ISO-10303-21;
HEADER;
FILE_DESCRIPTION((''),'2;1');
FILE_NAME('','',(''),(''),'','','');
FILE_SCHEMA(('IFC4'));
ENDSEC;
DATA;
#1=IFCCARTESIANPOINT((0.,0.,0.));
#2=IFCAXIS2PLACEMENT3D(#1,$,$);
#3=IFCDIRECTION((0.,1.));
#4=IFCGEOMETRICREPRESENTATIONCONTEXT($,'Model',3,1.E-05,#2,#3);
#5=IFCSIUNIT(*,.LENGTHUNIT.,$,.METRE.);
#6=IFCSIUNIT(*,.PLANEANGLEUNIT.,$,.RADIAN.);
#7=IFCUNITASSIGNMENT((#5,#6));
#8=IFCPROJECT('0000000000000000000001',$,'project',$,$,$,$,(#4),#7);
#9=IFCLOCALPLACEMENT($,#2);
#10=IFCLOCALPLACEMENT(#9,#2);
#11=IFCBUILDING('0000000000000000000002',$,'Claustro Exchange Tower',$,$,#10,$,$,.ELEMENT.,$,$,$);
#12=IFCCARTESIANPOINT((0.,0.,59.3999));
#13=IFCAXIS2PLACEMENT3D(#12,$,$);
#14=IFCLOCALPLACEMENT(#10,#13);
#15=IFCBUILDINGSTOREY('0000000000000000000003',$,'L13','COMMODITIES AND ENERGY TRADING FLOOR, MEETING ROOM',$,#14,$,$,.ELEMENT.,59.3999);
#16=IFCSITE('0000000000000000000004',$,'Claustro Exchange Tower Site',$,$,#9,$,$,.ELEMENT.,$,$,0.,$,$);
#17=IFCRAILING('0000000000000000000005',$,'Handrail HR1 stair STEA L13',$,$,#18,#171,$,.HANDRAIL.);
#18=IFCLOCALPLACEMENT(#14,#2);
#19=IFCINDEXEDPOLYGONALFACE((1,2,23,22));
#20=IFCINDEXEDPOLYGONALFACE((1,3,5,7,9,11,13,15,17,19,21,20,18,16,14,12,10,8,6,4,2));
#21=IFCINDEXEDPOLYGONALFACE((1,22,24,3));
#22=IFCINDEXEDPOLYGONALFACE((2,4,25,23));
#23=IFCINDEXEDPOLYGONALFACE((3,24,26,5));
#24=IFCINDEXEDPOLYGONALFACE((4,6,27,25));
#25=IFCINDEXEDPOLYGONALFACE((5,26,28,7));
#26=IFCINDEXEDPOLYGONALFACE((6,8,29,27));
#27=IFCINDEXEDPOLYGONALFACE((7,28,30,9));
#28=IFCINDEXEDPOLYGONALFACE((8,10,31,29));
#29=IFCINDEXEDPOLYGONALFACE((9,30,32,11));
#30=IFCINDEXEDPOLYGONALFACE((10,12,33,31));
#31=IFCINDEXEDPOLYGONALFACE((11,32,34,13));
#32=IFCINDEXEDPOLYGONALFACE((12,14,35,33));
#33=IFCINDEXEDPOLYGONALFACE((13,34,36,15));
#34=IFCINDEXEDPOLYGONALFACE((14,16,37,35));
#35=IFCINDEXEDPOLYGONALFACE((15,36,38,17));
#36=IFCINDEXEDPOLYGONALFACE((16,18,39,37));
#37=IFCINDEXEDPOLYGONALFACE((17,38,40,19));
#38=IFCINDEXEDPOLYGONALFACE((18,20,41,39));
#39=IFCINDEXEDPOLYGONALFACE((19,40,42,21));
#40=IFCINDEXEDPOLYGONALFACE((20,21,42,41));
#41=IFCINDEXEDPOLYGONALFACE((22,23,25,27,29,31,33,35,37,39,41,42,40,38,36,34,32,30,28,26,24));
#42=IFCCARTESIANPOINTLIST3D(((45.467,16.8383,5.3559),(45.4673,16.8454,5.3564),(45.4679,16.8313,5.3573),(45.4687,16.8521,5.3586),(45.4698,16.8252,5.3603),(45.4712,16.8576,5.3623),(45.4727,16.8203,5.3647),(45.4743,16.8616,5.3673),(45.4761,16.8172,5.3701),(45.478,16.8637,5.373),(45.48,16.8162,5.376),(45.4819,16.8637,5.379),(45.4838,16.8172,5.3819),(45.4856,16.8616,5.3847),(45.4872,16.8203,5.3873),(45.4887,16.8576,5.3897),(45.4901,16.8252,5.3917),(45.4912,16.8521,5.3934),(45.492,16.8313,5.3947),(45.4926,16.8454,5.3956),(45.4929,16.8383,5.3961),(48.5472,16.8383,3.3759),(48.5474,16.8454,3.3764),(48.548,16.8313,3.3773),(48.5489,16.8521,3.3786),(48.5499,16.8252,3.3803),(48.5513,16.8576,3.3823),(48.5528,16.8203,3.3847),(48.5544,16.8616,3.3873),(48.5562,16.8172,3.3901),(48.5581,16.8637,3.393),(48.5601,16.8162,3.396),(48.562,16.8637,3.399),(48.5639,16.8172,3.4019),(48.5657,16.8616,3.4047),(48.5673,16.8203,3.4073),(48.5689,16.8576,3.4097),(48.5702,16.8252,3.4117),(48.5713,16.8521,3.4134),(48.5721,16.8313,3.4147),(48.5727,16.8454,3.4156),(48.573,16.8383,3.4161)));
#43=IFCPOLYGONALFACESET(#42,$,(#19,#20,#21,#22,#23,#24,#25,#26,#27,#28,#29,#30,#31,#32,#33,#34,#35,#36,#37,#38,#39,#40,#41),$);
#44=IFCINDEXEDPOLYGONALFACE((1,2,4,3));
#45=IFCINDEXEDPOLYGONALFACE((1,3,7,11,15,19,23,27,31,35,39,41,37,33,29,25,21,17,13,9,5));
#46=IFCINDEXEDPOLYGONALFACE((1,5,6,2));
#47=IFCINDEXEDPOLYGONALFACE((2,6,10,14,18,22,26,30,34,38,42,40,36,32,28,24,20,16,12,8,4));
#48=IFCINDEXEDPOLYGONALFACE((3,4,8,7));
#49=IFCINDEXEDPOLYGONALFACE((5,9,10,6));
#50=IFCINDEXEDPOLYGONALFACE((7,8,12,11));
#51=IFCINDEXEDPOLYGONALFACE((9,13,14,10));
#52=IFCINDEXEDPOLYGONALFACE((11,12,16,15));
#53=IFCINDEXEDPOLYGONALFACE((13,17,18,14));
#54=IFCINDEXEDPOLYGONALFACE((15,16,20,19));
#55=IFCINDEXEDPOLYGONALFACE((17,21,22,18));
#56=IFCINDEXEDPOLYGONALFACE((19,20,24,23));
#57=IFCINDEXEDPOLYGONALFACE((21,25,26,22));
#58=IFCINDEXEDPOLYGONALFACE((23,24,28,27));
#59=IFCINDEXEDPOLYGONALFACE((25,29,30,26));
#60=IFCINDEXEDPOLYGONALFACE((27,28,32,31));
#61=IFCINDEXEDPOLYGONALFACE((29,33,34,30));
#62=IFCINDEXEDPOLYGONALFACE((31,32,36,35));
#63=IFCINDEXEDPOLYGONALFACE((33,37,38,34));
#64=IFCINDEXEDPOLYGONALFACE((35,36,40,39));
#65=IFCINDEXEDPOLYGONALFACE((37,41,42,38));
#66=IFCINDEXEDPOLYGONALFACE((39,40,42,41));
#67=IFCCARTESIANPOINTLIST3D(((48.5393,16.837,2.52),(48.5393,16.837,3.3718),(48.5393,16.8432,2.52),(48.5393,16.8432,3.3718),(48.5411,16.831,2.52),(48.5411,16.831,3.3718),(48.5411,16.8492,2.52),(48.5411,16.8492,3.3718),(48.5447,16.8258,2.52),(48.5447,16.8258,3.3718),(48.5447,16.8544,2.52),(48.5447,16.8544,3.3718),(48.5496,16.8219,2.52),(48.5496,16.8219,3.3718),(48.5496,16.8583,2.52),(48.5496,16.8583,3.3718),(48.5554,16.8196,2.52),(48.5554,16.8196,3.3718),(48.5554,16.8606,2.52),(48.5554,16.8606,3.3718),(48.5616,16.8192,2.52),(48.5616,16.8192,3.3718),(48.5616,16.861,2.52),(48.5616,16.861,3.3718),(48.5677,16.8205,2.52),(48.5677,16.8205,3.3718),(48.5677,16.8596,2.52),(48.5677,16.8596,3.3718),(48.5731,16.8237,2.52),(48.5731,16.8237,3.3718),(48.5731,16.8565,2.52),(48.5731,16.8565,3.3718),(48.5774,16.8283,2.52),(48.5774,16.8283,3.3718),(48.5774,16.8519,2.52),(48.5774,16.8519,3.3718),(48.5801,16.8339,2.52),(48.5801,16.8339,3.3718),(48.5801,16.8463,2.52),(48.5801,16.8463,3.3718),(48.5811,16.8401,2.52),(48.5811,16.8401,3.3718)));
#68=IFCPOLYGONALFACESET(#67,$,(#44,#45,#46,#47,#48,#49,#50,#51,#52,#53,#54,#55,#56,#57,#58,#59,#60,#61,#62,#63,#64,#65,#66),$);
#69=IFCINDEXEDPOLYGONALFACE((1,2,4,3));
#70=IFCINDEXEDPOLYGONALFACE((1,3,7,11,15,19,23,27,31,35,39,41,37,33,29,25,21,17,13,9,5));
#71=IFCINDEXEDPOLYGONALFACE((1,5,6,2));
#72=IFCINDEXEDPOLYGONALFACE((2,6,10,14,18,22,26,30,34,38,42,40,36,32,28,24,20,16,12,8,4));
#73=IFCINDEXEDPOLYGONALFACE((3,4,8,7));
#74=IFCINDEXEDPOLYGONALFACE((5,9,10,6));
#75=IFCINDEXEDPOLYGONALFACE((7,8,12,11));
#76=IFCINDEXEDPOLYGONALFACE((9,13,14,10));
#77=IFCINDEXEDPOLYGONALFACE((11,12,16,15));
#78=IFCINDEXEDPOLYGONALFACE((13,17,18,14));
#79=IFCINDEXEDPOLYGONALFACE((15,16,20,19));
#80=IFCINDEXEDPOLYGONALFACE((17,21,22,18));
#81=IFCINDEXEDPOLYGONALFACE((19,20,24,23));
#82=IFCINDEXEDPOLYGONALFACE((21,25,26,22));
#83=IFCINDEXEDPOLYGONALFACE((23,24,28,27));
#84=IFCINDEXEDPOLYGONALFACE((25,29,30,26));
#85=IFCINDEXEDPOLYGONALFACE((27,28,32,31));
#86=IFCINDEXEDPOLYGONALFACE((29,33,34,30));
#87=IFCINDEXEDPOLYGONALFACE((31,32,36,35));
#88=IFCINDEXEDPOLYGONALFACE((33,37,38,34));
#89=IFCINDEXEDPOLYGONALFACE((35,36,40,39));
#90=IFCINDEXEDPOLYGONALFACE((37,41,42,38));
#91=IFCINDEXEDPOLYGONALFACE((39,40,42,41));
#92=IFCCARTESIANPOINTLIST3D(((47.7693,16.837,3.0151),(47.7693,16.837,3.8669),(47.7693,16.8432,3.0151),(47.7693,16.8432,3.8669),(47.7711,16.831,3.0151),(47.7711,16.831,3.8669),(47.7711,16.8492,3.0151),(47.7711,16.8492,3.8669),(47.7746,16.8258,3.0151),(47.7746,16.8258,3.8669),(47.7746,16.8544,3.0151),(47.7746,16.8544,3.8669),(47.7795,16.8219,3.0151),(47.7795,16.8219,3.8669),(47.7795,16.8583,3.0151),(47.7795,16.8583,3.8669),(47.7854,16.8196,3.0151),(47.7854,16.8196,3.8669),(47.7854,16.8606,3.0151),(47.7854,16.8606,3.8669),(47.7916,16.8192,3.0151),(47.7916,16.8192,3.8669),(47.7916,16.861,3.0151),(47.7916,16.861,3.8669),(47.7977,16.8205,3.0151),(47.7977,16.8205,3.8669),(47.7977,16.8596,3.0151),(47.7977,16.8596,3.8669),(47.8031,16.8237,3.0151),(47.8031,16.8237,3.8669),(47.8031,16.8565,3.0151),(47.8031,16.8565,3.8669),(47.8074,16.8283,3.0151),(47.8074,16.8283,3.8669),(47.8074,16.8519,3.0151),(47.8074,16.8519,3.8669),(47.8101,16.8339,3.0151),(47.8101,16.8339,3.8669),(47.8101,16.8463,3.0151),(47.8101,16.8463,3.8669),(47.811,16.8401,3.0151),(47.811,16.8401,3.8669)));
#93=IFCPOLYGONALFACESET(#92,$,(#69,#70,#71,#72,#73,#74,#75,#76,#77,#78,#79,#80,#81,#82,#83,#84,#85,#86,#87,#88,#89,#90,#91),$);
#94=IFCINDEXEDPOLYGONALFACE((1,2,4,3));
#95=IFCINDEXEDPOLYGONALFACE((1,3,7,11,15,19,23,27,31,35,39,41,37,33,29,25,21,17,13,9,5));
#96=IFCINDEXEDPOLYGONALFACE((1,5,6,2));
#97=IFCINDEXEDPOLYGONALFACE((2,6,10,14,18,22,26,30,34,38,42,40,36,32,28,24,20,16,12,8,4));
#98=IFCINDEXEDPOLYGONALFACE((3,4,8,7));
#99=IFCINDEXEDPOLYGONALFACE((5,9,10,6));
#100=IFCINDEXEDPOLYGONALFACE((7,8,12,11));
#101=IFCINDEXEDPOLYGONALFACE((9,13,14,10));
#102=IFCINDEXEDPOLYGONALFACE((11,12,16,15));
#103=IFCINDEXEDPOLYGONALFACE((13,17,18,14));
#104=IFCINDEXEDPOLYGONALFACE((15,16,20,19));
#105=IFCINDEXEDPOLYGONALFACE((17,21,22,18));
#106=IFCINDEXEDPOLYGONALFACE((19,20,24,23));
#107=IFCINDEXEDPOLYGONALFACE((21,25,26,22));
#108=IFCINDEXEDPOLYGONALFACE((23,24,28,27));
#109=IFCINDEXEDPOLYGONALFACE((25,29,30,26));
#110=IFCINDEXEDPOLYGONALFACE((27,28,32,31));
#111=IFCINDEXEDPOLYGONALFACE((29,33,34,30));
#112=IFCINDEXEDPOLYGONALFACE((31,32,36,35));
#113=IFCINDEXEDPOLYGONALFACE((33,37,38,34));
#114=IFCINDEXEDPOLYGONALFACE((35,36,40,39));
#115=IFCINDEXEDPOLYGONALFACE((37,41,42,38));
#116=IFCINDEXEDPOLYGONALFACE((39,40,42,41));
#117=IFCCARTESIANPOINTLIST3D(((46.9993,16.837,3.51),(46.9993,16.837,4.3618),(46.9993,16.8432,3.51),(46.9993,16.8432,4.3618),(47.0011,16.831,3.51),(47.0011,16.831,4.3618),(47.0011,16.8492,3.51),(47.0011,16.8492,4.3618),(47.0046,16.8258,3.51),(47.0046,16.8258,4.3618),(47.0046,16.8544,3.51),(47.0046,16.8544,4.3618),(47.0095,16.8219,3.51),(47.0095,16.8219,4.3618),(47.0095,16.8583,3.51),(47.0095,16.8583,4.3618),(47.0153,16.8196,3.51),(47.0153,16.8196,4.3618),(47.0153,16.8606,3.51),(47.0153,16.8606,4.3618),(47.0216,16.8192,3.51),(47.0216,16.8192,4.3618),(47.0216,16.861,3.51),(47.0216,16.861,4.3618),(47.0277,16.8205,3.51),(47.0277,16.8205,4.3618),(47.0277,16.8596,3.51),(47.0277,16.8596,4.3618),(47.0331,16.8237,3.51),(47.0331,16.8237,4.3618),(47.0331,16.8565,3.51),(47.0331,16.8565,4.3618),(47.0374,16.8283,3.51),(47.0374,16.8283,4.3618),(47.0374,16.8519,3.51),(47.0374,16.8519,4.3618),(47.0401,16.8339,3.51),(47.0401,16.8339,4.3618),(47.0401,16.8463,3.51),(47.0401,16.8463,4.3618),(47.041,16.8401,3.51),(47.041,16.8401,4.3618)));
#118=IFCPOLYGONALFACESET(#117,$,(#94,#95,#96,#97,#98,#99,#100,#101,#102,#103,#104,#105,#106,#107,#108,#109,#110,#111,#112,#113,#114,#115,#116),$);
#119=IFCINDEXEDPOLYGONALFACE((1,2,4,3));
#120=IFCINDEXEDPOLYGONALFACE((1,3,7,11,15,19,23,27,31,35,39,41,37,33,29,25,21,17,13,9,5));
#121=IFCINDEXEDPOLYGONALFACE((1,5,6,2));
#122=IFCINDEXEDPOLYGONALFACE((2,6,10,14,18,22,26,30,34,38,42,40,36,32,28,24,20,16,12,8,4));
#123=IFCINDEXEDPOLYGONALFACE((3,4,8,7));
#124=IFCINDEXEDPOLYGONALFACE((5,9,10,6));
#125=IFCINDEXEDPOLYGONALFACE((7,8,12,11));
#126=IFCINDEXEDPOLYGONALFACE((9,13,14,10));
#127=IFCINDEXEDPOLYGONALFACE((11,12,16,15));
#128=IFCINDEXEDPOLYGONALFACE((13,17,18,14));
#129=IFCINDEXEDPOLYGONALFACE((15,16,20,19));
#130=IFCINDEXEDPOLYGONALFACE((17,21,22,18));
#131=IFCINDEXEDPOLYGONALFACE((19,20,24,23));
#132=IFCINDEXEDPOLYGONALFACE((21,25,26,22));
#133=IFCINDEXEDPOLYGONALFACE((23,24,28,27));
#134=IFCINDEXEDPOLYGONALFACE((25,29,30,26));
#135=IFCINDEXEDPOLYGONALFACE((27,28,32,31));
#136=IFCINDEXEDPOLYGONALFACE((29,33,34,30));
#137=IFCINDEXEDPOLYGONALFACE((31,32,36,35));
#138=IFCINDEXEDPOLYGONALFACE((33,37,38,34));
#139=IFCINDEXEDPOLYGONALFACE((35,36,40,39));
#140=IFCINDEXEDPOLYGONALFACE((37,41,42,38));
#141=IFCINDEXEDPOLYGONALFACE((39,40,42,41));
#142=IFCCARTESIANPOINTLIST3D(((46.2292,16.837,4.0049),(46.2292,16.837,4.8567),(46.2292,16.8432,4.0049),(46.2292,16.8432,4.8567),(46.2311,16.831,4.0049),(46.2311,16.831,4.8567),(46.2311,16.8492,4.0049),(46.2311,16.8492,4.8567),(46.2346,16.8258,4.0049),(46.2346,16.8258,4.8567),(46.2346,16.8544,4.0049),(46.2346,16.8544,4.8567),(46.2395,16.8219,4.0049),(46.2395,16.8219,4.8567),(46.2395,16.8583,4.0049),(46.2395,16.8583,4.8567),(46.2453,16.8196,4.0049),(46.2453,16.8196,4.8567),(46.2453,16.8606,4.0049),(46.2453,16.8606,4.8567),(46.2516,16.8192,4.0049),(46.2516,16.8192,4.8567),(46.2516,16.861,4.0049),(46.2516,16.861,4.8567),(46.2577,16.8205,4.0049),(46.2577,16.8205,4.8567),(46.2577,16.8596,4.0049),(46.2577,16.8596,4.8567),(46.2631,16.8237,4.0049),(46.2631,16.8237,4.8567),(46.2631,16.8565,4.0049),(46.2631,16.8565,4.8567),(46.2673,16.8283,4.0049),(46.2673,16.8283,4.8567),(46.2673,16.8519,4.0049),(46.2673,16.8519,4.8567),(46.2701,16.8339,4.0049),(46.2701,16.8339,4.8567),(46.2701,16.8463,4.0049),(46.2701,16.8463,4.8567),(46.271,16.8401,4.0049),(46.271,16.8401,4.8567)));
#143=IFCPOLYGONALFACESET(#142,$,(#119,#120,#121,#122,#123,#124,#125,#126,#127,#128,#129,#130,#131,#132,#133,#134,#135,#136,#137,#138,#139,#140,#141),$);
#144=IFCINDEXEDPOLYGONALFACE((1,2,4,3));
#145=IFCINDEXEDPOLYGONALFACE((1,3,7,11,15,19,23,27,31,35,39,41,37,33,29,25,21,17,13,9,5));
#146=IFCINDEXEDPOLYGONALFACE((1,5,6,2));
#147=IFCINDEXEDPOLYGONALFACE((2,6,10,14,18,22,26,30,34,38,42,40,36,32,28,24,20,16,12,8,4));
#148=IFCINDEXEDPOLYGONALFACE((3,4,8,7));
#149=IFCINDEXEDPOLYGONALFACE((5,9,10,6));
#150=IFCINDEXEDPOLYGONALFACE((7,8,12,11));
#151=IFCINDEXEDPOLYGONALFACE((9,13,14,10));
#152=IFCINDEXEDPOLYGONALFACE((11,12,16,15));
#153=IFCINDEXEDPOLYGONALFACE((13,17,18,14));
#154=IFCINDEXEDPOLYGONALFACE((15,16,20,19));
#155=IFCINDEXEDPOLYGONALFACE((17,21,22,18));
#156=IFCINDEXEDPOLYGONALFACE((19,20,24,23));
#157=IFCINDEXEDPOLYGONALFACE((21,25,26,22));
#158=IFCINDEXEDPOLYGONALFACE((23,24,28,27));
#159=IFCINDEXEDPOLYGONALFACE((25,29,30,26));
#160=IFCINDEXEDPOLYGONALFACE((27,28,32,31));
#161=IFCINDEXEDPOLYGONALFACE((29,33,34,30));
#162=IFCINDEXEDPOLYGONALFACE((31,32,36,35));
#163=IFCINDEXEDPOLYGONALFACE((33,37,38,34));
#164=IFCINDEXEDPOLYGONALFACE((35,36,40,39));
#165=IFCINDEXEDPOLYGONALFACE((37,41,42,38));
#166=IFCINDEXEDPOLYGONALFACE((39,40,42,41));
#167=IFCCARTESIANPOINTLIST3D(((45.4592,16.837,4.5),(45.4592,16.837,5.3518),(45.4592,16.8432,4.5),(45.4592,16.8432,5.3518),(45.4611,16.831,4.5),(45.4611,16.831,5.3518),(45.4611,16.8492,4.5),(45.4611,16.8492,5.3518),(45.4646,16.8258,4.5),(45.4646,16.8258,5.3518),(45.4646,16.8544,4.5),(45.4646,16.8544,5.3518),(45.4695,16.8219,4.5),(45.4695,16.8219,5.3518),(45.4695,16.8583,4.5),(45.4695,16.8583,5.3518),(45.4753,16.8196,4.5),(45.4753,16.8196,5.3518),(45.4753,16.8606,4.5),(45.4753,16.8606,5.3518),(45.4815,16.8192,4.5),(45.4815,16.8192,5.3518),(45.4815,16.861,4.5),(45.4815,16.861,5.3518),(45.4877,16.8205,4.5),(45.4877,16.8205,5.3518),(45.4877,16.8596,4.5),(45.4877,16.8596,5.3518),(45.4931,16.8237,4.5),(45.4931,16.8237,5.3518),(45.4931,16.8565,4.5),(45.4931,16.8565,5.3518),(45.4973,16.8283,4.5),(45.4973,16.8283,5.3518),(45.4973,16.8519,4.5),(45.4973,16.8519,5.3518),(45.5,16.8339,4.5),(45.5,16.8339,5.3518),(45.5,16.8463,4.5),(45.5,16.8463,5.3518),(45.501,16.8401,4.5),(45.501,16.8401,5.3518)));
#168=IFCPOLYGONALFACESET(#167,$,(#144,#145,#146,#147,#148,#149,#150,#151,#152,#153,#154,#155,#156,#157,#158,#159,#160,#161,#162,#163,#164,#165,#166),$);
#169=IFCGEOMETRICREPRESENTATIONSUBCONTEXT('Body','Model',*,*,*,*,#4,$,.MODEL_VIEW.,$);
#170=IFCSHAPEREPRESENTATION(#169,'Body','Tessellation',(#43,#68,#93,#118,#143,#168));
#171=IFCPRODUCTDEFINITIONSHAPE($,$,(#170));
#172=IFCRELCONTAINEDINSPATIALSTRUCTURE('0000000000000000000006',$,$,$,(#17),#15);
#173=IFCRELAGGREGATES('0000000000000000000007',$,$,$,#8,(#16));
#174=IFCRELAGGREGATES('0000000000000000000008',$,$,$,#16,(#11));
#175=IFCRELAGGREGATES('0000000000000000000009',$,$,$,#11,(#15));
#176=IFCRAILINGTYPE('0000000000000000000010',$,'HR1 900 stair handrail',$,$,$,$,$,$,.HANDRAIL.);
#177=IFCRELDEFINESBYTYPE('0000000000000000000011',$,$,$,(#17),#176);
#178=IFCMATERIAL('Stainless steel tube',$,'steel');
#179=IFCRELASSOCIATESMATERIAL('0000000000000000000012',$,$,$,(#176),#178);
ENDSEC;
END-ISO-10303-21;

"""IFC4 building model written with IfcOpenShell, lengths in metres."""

from ifc_helpers import new_model, si_unit, direction, frame, origin, origin_2d, place, context, subcontext, project, spatial, circle, extrude, material, type_object, element, save


model = new_model("IFC4")

# Units and contexts
model_context = context("Model", 3, precision=1e-05, world=origin(), true_north=direction((0.0, 1.0)))
body_context = subcontext(model_context, "Body", "Model", "MODEL_VIEW")
ifc_project = project(units=[si_unit("LENGTHUNIT", "METRE"), si_unit("PLANEANGLEUNIT", "RADIAN")], contexts=[model_context])

# Site, building, storey
site_placement = place(None, origin())
site = spatial("IfcSite", under=ifc_project, at=site_placement, Name="Claustro Exchange Tower Site", CompositionType="ELEMENT", RefElevation=0.0)
building_placement = place(site_placement, origin())
building = spatial("IfcBuilding", under=site, at=building_placement, Name="Claustro Exchange Tower", CompositionType="ELEMENT")
storey_placement = place(building_placement, frame((0.0, 0.0, 59.3999)))
storey = spatial("IfcBuildingStorey", under=building, at=storey_placement, Name="L13", Description="COMMODITIES AND ENERGY TRADING FLOOR, MEETING ROOM", CompositionType="ELEMENT", Elevation=59.3999)

# Railing
ifc_material_1 = material(Name="Stainless steel tube", Category="steel")
railing_type = type_object("IfcRailingType", Name="HR1 900 stair handrail", PredefinedType="HANDRAIL", material=ifc_material_1)
railing_placement = place(storey_placement, frame((48.5601, 16.8401, 2.52)))
element("IfcRailing", 1, at=railing_placement, inside=storey, type_object=railing_type, Name="Handrail HR1 stair STEA L13", PredefinedType="HANDRAIL", context=body_context, shape_type="SweptSolid", body=[
    extrude(circle(Radius=0.0239, at=origin_2d()), frame((0.0, 0.0, 0.876), z_axis=(-0.841187, 0.0, 0.540744), x_axis=(0.0, -1.0, 0.0)), (0.0, 0.0, 1.0), 3.6616),
    extrude(circle(Radius=0.021, at=origin_2d()), origin(), (0.0, 0.0, 1.0), 0.8518),
    extrude(circle(Radius=0.021, at=origin_2d()), frame((-0.77, 0.0, 0.4951)), (0.0, 0.0, 1.0), 0.8518),
    extrude(circle(Radius=0.021, at=origin_2d()), frame((-1.54, 0.0, 0.99)), (0.0, 0.0, 1.0), 0.8518),
    extrude(circle(Radius=0.021, at=origin_2d()), frame((-2.3101, 0.0, 1.4849)), (0.0, 0.0, 1.0), 0.8518),
    extrude(circle(Radius=0.021, at=origin_2d()), frame((-3.0801, 0.0, 1.98)), (0.0, 0.0, 1.0), 0.8518),
])

save(model, "model.ifc")
